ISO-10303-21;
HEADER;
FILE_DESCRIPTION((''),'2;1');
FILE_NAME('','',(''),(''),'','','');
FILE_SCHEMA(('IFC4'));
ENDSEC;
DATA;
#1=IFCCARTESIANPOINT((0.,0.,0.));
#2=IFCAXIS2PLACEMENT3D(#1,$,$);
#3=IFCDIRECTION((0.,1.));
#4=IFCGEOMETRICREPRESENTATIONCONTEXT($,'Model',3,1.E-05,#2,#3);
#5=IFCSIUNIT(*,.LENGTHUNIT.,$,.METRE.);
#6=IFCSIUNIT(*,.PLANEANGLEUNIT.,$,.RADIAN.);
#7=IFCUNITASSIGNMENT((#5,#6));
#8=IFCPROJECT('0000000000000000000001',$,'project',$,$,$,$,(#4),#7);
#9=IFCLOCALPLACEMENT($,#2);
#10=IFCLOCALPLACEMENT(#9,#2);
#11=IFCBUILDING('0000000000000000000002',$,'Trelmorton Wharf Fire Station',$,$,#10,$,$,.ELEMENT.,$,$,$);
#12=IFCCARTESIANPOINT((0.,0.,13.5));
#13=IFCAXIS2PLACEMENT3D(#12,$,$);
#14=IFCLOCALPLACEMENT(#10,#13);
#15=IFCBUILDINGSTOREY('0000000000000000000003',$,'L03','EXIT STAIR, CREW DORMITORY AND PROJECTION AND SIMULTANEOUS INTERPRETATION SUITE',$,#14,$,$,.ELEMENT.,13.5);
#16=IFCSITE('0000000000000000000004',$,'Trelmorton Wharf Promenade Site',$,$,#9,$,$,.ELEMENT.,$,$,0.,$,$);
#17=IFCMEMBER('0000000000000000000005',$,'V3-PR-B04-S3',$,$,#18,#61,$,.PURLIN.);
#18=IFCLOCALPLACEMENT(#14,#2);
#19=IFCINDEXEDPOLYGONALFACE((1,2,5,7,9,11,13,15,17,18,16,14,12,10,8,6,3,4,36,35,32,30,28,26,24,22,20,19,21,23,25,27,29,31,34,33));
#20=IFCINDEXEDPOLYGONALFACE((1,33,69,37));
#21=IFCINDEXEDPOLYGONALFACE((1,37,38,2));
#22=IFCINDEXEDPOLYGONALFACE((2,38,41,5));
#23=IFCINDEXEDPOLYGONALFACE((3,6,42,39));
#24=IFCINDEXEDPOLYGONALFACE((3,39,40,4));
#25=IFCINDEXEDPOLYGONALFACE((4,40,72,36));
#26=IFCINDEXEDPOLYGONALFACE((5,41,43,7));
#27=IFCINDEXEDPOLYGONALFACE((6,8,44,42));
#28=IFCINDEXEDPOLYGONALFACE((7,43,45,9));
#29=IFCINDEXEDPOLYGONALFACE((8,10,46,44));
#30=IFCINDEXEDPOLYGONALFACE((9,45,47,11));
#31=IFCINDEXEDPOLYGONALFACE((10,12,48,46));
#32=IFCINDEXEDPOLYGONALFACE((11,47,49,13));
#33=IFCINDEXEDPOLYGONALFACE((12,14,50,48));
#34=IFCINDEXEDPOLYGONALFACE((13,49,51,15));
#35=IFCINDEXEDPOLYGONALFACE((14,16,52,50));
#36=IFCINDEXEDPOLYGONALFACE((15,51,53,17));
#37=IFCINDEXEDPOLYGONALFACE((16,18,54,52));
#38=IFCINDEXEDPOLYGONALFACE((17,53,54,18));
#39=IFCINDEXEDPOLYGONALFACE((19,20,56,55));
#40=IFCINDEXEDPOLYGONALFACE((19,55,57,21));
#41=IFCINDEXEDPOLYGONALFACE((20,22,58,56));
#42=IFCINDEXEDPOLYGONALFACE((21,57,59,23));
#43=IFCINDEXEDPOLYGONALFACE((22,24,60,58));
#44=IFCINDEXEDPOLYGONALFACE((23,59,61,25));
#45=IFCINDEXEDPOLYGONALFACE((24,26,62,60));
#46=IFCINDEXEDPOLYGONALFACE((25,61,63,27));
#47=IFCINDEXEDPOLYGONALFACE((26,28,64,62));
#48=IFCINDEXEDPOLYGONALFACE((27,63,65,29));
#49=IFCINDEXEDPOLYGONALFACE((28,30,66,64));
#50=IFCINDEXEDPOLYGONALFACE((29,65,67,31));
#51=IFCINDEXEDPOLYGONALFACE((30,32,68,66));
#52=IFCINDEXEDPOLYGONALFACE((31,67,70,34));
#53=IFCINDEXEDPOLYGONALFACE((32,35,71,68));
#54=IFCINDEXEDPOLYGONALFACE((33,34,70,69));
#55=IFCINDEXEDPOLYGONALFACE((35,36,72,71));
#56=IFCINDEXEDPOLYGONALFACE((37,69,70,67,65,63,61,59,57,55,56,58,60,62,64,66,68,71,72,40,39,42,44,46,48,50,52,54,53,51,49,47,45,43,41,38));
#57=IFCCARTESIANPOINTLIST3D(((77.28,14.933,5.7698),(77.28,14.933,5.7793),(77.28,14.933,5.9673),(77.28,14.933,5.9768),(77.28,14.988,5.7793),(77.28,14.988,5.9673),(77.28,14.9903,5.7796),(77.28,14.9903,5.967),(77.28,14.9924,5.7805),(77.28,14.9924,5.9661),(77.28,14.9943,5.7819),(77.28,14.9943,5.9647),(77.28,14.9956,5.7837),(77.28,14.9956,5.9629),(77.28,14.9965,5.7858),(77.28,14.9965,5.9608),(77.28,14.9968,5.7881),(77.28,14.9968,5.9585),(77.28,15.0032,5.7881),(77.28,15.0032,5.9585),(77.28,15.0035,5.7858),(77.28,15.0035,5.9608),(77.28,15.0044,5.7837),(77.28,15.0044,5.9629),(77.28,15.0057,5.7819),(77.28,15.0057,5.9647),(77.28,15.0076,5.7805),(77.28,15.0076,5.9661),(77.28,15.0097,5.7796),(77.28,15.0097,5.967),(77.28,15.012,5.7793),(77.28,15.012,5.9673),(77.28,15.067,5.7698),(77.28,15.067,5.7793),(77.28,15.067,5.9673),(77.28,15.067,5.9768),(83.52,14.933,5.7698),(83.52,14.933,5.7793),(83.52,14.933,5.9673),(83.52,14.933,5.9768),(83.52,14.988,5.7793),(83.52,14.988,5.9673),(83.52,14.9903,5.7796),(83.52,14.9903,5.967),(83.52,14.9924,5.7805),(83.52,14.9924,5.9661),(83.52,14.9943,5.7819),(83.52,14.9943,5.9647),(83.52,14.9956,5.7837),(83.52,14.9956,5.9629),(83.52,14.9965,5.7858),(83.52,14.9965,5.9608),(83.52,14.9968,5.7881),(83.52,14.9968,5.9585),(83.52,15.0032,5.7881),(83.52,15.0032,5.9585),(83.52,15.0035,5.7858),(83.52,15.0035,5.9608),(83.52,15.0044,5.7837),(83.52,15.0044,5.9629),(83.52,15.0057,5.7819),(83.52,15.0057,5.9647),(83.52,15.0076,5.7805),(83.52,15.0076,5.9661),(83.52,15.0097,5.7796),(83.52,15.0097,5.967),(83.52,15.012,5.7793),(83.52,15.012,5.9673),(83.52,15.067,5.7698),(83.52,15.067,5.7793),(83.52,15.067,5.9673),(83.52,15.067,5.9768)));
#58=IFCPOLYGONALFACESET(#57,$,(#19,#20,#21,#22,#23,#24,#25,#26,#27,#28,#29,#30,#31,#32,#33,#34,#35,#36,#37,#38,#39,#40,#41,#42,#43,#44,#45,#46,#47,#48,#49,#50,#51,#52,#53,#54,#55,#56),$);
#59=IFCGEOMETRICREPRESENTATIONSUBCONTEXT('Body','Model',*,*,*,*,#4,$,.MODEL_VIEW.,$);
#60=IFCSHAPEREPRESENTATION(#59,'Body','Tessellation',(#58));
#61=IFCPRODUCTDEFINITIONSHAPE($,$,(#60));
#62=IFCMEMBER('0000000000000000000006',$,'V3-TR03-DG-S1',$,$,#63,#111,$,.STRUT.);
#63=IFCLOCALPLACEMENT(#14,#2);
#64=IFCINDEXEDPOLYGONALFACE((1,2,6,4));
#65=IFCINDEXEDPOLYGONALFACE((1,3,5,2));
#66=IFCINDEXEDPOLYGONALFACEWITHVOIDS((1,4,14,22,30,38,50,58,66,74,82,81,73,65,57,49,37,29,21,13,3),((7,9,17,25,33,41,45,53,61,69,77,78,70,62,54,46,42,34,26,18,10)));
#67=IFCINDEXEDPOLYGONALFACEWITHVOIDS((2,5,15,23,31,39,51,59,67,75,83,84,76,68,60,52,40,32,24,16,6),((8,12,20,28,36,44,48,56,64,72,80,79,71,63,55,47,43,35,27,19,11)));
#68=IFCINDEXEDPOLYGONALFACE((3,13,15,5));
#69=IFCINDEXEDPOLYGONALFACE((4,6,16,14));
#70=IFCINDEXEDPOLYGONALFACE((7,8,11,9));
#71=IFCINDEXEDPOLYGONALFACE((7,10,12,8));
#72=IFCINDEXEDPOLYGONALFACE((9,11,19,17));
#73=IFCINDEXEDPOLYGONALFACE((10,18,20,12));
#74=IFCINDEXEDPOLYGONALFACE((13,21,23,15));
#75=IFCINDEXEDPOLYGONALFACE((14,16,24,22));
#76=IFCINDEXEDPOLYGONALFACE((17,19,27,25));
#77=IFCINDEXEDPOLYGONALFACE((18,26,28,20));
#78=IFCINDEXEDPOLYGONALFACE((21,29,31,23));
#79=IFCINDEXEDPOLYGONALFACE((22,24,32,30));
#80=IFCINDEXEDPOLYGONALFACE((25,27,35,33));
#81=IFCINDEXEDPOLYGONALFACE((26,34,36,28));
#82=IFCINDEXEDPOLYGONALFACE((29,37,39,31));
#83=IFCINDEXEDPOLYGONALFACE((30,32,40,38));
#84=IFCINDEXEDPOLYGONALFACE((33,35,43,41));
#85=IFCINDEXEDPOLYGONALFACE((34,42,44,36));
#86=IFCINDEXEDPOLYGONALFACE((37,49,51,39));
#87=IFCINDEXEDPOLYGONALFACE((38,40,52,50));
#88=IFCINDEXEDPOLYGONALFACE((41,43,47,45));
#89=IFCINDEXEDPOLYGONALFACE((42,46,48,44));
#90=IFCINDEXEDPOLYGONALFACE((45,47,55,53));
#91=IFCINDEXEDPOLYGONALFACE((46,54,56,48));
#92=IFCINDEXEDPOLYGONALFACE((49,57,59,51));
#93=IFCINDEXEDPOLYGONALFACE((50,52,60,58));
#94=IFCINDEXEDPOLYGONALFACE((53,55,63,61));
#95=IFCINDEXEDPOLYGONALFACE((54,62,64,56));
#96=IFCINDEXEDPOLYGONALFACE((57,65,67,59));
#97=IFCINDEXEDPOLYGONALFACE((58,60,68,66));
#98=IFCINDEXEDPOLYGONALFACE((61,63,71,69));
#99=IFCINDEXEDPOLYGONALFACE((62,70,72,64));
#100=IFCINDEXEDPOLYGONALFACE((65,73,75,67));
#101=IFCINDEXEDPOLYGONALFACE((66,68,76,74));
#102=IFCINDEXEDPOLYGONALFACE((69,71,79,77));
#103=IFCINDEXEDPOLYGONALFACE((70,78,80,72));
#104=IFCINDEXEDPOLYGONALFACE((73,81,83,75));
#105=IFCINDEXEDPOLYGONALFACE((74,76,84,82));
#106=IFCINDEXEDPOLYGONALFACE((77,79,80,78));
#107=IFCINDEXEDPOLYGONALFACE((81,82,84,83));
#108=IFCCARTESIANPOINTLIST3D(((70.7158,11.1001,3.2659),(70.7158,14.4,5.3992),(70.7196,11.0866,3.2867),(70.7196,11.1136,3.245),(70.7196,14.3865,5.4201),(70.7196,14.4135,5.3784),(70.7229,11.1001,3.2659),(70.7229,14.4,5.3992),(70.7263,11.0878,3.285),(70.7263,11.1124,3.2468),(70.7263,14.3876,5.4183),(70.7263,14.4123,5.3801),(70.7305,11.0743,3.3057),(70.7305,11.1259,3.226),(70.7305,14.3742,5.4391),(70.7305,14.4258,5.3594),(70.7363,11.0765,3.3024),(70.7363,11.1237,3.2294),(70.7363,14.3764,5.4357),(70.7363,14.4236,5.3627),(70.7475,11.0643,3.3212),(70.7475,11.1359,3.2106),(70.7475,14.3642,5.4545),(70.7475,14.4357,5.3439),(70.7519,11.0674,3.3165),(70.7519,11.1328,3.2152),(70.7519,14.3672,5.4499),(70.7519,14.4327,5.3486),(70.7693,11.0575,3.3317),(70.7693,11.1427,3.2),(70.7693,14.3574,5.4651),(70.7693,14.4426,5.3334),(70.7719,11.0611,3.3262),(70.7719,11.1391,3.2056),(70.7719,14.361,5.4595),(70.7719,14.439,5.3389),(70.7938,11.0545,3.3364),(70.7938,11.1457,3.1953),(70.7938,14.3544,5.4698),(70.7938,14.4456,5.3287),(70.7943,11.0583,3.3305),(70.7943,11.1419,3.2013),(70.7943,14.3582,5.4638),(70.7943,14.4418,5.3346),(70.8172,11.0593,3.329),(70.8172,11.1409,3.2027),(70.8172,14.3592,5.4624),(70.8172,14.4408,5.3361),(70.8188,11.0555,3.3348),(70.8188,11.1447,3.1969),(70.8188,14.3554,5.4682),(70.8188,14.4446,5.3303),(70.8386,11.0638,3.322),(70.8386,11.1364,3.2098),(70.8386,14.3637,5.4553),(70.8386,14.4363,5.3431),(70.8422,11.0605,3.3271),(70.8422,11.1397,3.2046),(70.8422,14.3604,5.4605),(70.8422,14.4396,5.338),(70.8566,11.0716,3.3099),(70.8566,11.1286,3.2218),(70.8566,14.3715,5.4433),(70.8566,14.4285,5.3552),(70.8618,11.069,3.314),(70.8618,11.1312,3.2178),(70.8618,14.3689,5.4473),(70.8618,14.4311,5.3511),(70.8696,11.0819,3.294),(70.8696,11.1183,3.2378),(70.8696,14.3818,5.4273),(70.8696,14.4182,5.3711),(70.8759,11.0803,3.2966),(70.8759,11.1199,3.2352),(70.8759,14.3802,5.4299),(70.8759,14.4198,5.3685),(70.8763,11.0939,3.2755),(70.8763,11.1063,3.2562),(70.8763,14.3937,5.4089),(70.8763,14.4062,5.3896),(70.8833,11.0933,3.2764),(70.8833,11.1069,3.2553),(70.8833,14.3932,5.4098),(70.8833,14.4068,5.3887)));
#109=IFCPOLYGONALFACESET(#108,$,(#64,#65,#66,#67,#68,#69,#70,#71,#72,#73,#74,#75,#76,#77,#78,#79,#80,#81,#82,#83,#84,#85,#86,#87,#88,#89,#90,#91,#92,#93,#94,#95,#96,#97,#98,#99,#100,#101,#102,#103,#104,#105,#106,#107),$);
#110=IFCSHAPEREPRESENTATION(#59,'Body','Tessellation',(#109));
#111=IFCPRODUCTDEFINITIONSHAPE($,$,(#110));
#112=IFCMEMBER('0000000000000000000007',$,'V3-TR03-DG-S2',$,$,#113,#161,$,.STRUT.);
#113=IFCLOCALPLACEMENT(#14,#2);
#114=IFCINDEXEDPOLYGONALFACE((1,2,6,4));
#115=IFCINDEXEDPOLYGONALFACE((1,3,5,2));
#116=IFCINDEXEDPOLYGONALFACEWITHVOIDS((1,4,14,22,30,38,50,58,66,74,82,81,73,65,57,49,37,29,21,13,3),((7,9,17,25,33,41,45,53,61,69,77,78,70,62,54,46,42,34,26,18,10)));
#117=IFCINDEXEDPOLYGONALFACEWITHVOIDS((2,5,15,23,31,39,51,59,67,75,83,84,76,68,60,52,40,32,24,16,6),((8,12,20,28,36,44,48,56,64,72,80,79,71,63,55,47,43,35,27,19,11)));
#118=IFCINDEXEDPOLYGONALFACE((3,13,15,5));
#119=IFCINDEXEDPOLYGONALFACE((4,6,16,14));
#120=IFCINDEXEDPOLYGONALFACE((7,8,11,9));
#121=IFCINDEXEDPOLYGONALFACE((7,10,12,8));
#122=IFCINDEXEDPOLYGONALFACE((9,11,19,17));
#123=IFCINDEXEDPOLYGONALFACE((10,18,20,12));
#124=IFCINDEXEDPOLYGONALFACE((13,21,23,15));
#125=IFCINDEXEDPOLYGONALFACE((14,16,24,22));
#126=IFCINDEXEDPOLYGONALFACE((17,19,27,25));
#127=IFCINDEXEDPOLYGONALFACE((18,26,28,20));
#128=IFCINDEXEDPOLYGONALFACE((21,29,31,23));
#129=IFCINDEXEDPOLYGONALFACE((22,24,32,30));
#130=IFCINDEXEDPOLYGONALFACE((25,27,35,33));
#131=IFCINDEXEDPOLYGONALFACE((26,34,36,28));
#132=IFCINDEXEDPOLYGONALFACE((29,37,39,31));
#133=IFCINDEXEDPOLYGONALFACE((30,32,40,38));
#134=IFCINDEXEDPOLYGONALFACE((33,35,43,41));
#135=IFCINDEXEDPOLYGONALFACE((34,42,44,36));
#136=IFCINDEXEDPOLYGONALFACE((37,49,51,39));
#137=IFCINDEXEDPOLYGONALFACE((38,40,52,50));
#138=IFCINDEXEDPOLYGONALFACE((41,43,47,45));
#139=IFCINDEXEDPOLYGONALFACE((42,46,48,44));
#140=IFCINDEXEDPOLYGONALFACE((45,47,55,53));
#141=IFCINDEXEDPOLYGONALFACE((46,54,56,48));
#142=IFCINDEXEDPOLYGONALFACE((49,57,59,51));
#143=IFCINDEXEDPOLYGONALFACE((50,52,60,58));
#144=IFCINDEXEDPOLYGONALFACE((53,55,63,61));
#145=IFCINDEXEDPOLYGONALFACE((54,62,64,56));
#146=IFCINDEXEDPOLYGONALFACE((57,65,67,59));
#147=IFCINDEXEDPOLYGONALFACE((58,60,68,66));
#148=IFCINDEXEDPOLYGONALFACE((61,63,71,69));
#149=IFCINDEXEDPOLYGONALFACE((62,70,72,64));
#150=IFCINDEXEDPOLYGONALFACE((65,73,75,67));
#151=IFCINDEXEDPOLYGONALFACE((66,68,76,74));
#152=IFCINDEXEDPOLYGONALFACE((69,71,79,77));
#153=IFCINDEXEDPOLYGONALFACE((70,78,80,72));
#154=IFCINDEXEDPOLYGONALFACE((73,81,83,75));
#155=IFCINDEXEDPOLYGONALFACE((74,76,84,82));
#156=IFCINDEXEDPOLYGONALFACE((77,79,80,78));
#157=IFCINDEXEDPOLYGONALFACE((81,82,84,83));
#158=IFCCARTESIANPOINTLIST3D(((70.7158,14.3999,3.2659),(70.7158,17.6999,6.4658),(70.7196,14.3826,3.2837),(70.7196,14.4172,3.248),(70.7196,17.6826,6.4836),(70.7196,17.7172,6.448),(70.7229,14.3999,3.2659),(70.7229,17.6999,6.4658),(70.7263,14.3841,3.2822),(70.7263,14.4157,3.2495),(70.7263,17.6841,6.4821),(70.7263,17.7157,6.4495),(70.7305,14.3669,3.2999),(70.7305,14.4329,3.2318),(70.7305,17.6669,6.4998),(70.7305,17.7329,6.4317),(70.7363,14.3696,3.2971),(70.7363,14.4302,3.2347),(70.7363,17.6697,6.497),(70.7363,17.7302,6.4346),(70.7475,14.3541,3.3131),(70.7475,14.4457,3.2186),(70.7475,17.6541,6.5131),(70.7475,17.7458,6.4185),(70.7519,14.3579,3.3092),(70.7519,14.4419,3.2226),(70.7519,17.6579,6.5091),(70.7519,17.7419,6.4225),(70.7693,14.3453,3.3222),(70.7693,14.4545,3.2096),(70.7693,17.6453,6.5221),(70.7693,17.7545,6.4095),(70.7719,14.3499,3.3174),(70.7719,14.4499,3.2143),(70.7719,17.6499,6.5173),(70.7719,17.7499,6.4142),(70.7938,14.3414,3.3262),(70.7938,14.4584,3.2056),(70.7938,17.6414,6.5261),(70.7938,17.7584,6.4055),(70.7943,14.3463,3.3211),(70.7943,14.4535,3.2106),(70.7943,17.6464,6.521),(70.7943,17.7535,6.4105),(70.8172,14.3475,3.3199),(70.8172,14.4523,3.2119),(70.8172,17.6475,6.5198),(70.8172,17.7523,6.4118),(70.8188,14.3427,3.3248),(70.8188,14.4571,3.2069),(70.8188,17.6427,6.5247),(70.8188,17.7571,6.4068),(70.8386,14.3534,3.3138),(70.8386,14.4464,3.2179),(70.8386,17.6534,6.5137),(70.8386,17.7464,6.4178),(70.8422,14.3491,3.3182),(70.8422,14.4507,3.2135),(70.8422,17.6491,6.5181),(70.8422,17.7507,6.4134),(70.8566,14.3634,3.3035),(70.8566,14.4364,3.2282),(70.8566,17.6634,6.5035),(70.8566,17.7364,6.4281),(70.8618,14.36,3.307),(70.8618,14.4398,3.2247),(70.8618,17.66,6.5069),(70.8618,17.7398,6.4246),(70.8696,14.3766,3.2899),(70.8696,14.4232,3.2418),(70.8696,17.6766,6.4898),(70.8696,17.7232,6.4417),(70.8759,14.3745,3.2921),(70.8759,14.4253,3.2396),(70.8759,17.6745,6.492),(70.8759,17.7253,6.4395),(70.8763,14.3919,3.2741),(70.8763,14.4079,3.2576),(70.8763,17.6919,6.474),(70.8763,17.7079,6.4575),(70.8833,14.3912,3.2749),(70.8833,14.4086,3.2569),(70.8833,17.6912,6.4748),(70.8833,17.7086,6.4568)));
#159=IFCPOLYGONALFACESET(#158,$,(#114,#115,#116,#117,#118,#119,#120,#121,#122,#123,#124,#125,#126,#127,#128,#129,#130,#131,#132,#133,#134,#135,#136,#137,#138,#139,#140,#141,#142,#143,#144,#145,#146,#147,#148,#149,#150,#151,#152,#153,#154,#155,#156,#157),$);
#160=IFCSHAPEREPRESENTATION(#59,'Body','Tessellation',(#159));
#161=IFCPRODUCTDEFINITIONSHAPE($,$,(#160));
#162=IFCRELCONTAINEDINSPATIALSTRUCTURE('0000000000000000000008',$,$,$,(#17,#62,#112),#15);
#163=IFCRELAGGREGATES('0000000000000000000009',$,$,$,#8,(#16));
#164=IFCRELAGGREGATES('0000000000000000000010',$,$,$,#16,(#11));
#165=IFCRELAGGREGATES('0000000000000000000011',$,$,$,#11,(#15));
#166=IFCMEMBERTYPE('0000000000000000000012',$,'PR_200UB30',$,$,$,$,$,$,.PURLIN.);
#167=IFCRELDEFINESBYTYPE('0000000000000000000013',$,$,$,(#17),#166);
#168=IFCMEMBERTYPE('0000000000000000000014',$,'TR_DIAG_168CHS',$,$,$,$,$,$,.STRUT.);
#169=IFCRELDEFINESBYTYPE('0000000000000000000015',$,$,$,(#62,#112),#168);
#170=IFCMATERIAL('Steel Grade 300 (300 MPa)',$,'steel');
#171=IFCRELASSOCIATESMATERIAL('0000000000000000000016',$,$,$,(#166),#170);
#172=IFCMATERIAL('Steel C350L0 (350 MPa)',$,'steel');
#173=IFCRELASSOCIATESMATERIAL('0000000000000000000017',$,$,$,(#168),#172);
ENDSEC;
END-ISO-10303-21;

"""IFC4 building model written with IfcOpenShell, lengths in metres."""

from ifc_helpers import new_model, si_unit, direction, frame, origin, origin_2d, place, context, subcontext, project, spatial, hollow_circle, i_section, extrude, material, material_profile, profile_set, type_object, element, save


model = new_model("IFC4")

# Units and contexts
model_context = context("Model", 3, precision=1e-05, world=origin(), true_north=direction((0.0, 1.0)))
body_context = subcontext(model_context, "Body", "Model", "MODEL_VIEW")
ifc_project = project(units=[si_unit("LENGTHUNIT", "METRE"), si_unit("PLANEANGLEUNIT", "RADIAN")], contexts=[model_context])

# Site, building, storey
site_placement = place(None, origin())
site = spatial("IfcSite", under=ifc_project, at=site_placement, Name="Trelmorton Wharf Promenade Site", CompositionType="ELEMENT", RefElevation=0.0)
building_placement = place(site_placement, origin())
building = spatial("IfcBuilding", under=site, at=building_placement, Name="Trelmorton Wharf Fire Station", CompositionType="ELEMENT")
storey_placement = place(building_placement, frame((0.0, 0.0, 13.5)))
storey = spatial("IfcBuildingStorey", under=building, at=storey_placement, Name="L03", Description="EXIT STAIR, CREW DORMITORY AND PROJECTION AND SIMULTANEOUS INTERPRETATION SUITE", CompositionType="ELEMENT", Elevation=13.5)

# Members
ifc_material_1 = material(Name="Steel Grade 300 (300 MPa)", Category="steel")
ifc_material_profile_1 = material_profile(ifc_material_1, i_section(OverallWidth=0.134, OverallDepth=0.207, WebThickness=0.0063, FlangeThickness=0.0095, FilletRadius=0.0088, at=origin_2d()), Name="200UB29.8")
ifc_profile_set_1 = profile_set([ifc_material_profile_1], Name="Steel Grade 300 (300 MPa)")
member_type_1 = type_object("IfcMemberType", Name="PR_200UB30", PredefinedType="PURLIN", material=ifc_profile_set_1)
for number, where, z_axis, x_axis, name in (
    (1, (77.28, 15.0, 5.8733), (1.0, 0.0, 0.0), (0.0, 1.0, 0.0), "V3-PR-B04-S3"),
):
    element("IfcMember", number, at=place(storey_placement, frame(where, z_axis=z_axis, x_axis=x_axis)), inside=storey, type_object=member_type_1, Name=name, PredefinedType="PURLIN", context=body_context, shape_type="SweptSolid", body=[
        extrude(i_section(OverallWidth=0.134, OverallDepth=0.207, WebThickness=0.0063, FlangeThickness=0.0095, FilletRadius=0.0088, at=origin_2d()), origin(), (0.0, 0.0, 1.0), 6.24),
    ])
ifc_material_2 = material(Name="Steel C350L0 (350 MPa)", Category="steel")
ifc_material_profile_2 = material_profile(ifc_material_2, hollow_circle(Radius=0.0842, WallThickness=0.0071, at=origin_2d()), Name="168.3x7.1CHS")
ifc_profile_set_2 = profile_set([ifc_material_profile_2], Name="Steel C350L0 (350 MPa)")
member_type_2 = type_object("IfcMemberType", Name="TR_DIAG_168CHS", PredefinedType="STRUT", material=ifc_profile_set_2)
member_1_placement = place(storey_placement, frame((70.8, 11.1001, 3.2659), z_axis=(0.0, 0.839787, 0.542916), x_axis=(-1.0, 0.0, 0.0)))
element("IfcMember", 2, at=member_1_placement, inside=storey, type_object=member_type_2, Name="V3-TR03-DG-S1", PredefinedType="STRUT", context=body_context, shape_type="SweptSolid", body=[
    extrude(hollow_circle(Radius=0.0842, WallThickness=0.0071, at=origin_2d()), origin(), (0.0, 0.0, 1.0), 3.9294),
])
member_2_placement = place(storey_placement, frame((70.8, 14.3999, 3.2659), z_axis=(0.0, 0.717911, 0.696135), x_axis=(-1.0, 0.0, 0.0)))
element("IfcMember", 3, at=member_2_placement, inside=storey, type_object=member_type_2, Name="V3-TR03-DG-S2", PredefinedType="STRUT", context=body_context, shape_type="SweptSolid", body=[
    extrude(hollow_circle(Radius=0.0842, WallThickness=0.0071, at=origin_2d()), origin(), (0.0, 0.0, 1.0), 4.5967),
])

save(model, "model.ifc")
